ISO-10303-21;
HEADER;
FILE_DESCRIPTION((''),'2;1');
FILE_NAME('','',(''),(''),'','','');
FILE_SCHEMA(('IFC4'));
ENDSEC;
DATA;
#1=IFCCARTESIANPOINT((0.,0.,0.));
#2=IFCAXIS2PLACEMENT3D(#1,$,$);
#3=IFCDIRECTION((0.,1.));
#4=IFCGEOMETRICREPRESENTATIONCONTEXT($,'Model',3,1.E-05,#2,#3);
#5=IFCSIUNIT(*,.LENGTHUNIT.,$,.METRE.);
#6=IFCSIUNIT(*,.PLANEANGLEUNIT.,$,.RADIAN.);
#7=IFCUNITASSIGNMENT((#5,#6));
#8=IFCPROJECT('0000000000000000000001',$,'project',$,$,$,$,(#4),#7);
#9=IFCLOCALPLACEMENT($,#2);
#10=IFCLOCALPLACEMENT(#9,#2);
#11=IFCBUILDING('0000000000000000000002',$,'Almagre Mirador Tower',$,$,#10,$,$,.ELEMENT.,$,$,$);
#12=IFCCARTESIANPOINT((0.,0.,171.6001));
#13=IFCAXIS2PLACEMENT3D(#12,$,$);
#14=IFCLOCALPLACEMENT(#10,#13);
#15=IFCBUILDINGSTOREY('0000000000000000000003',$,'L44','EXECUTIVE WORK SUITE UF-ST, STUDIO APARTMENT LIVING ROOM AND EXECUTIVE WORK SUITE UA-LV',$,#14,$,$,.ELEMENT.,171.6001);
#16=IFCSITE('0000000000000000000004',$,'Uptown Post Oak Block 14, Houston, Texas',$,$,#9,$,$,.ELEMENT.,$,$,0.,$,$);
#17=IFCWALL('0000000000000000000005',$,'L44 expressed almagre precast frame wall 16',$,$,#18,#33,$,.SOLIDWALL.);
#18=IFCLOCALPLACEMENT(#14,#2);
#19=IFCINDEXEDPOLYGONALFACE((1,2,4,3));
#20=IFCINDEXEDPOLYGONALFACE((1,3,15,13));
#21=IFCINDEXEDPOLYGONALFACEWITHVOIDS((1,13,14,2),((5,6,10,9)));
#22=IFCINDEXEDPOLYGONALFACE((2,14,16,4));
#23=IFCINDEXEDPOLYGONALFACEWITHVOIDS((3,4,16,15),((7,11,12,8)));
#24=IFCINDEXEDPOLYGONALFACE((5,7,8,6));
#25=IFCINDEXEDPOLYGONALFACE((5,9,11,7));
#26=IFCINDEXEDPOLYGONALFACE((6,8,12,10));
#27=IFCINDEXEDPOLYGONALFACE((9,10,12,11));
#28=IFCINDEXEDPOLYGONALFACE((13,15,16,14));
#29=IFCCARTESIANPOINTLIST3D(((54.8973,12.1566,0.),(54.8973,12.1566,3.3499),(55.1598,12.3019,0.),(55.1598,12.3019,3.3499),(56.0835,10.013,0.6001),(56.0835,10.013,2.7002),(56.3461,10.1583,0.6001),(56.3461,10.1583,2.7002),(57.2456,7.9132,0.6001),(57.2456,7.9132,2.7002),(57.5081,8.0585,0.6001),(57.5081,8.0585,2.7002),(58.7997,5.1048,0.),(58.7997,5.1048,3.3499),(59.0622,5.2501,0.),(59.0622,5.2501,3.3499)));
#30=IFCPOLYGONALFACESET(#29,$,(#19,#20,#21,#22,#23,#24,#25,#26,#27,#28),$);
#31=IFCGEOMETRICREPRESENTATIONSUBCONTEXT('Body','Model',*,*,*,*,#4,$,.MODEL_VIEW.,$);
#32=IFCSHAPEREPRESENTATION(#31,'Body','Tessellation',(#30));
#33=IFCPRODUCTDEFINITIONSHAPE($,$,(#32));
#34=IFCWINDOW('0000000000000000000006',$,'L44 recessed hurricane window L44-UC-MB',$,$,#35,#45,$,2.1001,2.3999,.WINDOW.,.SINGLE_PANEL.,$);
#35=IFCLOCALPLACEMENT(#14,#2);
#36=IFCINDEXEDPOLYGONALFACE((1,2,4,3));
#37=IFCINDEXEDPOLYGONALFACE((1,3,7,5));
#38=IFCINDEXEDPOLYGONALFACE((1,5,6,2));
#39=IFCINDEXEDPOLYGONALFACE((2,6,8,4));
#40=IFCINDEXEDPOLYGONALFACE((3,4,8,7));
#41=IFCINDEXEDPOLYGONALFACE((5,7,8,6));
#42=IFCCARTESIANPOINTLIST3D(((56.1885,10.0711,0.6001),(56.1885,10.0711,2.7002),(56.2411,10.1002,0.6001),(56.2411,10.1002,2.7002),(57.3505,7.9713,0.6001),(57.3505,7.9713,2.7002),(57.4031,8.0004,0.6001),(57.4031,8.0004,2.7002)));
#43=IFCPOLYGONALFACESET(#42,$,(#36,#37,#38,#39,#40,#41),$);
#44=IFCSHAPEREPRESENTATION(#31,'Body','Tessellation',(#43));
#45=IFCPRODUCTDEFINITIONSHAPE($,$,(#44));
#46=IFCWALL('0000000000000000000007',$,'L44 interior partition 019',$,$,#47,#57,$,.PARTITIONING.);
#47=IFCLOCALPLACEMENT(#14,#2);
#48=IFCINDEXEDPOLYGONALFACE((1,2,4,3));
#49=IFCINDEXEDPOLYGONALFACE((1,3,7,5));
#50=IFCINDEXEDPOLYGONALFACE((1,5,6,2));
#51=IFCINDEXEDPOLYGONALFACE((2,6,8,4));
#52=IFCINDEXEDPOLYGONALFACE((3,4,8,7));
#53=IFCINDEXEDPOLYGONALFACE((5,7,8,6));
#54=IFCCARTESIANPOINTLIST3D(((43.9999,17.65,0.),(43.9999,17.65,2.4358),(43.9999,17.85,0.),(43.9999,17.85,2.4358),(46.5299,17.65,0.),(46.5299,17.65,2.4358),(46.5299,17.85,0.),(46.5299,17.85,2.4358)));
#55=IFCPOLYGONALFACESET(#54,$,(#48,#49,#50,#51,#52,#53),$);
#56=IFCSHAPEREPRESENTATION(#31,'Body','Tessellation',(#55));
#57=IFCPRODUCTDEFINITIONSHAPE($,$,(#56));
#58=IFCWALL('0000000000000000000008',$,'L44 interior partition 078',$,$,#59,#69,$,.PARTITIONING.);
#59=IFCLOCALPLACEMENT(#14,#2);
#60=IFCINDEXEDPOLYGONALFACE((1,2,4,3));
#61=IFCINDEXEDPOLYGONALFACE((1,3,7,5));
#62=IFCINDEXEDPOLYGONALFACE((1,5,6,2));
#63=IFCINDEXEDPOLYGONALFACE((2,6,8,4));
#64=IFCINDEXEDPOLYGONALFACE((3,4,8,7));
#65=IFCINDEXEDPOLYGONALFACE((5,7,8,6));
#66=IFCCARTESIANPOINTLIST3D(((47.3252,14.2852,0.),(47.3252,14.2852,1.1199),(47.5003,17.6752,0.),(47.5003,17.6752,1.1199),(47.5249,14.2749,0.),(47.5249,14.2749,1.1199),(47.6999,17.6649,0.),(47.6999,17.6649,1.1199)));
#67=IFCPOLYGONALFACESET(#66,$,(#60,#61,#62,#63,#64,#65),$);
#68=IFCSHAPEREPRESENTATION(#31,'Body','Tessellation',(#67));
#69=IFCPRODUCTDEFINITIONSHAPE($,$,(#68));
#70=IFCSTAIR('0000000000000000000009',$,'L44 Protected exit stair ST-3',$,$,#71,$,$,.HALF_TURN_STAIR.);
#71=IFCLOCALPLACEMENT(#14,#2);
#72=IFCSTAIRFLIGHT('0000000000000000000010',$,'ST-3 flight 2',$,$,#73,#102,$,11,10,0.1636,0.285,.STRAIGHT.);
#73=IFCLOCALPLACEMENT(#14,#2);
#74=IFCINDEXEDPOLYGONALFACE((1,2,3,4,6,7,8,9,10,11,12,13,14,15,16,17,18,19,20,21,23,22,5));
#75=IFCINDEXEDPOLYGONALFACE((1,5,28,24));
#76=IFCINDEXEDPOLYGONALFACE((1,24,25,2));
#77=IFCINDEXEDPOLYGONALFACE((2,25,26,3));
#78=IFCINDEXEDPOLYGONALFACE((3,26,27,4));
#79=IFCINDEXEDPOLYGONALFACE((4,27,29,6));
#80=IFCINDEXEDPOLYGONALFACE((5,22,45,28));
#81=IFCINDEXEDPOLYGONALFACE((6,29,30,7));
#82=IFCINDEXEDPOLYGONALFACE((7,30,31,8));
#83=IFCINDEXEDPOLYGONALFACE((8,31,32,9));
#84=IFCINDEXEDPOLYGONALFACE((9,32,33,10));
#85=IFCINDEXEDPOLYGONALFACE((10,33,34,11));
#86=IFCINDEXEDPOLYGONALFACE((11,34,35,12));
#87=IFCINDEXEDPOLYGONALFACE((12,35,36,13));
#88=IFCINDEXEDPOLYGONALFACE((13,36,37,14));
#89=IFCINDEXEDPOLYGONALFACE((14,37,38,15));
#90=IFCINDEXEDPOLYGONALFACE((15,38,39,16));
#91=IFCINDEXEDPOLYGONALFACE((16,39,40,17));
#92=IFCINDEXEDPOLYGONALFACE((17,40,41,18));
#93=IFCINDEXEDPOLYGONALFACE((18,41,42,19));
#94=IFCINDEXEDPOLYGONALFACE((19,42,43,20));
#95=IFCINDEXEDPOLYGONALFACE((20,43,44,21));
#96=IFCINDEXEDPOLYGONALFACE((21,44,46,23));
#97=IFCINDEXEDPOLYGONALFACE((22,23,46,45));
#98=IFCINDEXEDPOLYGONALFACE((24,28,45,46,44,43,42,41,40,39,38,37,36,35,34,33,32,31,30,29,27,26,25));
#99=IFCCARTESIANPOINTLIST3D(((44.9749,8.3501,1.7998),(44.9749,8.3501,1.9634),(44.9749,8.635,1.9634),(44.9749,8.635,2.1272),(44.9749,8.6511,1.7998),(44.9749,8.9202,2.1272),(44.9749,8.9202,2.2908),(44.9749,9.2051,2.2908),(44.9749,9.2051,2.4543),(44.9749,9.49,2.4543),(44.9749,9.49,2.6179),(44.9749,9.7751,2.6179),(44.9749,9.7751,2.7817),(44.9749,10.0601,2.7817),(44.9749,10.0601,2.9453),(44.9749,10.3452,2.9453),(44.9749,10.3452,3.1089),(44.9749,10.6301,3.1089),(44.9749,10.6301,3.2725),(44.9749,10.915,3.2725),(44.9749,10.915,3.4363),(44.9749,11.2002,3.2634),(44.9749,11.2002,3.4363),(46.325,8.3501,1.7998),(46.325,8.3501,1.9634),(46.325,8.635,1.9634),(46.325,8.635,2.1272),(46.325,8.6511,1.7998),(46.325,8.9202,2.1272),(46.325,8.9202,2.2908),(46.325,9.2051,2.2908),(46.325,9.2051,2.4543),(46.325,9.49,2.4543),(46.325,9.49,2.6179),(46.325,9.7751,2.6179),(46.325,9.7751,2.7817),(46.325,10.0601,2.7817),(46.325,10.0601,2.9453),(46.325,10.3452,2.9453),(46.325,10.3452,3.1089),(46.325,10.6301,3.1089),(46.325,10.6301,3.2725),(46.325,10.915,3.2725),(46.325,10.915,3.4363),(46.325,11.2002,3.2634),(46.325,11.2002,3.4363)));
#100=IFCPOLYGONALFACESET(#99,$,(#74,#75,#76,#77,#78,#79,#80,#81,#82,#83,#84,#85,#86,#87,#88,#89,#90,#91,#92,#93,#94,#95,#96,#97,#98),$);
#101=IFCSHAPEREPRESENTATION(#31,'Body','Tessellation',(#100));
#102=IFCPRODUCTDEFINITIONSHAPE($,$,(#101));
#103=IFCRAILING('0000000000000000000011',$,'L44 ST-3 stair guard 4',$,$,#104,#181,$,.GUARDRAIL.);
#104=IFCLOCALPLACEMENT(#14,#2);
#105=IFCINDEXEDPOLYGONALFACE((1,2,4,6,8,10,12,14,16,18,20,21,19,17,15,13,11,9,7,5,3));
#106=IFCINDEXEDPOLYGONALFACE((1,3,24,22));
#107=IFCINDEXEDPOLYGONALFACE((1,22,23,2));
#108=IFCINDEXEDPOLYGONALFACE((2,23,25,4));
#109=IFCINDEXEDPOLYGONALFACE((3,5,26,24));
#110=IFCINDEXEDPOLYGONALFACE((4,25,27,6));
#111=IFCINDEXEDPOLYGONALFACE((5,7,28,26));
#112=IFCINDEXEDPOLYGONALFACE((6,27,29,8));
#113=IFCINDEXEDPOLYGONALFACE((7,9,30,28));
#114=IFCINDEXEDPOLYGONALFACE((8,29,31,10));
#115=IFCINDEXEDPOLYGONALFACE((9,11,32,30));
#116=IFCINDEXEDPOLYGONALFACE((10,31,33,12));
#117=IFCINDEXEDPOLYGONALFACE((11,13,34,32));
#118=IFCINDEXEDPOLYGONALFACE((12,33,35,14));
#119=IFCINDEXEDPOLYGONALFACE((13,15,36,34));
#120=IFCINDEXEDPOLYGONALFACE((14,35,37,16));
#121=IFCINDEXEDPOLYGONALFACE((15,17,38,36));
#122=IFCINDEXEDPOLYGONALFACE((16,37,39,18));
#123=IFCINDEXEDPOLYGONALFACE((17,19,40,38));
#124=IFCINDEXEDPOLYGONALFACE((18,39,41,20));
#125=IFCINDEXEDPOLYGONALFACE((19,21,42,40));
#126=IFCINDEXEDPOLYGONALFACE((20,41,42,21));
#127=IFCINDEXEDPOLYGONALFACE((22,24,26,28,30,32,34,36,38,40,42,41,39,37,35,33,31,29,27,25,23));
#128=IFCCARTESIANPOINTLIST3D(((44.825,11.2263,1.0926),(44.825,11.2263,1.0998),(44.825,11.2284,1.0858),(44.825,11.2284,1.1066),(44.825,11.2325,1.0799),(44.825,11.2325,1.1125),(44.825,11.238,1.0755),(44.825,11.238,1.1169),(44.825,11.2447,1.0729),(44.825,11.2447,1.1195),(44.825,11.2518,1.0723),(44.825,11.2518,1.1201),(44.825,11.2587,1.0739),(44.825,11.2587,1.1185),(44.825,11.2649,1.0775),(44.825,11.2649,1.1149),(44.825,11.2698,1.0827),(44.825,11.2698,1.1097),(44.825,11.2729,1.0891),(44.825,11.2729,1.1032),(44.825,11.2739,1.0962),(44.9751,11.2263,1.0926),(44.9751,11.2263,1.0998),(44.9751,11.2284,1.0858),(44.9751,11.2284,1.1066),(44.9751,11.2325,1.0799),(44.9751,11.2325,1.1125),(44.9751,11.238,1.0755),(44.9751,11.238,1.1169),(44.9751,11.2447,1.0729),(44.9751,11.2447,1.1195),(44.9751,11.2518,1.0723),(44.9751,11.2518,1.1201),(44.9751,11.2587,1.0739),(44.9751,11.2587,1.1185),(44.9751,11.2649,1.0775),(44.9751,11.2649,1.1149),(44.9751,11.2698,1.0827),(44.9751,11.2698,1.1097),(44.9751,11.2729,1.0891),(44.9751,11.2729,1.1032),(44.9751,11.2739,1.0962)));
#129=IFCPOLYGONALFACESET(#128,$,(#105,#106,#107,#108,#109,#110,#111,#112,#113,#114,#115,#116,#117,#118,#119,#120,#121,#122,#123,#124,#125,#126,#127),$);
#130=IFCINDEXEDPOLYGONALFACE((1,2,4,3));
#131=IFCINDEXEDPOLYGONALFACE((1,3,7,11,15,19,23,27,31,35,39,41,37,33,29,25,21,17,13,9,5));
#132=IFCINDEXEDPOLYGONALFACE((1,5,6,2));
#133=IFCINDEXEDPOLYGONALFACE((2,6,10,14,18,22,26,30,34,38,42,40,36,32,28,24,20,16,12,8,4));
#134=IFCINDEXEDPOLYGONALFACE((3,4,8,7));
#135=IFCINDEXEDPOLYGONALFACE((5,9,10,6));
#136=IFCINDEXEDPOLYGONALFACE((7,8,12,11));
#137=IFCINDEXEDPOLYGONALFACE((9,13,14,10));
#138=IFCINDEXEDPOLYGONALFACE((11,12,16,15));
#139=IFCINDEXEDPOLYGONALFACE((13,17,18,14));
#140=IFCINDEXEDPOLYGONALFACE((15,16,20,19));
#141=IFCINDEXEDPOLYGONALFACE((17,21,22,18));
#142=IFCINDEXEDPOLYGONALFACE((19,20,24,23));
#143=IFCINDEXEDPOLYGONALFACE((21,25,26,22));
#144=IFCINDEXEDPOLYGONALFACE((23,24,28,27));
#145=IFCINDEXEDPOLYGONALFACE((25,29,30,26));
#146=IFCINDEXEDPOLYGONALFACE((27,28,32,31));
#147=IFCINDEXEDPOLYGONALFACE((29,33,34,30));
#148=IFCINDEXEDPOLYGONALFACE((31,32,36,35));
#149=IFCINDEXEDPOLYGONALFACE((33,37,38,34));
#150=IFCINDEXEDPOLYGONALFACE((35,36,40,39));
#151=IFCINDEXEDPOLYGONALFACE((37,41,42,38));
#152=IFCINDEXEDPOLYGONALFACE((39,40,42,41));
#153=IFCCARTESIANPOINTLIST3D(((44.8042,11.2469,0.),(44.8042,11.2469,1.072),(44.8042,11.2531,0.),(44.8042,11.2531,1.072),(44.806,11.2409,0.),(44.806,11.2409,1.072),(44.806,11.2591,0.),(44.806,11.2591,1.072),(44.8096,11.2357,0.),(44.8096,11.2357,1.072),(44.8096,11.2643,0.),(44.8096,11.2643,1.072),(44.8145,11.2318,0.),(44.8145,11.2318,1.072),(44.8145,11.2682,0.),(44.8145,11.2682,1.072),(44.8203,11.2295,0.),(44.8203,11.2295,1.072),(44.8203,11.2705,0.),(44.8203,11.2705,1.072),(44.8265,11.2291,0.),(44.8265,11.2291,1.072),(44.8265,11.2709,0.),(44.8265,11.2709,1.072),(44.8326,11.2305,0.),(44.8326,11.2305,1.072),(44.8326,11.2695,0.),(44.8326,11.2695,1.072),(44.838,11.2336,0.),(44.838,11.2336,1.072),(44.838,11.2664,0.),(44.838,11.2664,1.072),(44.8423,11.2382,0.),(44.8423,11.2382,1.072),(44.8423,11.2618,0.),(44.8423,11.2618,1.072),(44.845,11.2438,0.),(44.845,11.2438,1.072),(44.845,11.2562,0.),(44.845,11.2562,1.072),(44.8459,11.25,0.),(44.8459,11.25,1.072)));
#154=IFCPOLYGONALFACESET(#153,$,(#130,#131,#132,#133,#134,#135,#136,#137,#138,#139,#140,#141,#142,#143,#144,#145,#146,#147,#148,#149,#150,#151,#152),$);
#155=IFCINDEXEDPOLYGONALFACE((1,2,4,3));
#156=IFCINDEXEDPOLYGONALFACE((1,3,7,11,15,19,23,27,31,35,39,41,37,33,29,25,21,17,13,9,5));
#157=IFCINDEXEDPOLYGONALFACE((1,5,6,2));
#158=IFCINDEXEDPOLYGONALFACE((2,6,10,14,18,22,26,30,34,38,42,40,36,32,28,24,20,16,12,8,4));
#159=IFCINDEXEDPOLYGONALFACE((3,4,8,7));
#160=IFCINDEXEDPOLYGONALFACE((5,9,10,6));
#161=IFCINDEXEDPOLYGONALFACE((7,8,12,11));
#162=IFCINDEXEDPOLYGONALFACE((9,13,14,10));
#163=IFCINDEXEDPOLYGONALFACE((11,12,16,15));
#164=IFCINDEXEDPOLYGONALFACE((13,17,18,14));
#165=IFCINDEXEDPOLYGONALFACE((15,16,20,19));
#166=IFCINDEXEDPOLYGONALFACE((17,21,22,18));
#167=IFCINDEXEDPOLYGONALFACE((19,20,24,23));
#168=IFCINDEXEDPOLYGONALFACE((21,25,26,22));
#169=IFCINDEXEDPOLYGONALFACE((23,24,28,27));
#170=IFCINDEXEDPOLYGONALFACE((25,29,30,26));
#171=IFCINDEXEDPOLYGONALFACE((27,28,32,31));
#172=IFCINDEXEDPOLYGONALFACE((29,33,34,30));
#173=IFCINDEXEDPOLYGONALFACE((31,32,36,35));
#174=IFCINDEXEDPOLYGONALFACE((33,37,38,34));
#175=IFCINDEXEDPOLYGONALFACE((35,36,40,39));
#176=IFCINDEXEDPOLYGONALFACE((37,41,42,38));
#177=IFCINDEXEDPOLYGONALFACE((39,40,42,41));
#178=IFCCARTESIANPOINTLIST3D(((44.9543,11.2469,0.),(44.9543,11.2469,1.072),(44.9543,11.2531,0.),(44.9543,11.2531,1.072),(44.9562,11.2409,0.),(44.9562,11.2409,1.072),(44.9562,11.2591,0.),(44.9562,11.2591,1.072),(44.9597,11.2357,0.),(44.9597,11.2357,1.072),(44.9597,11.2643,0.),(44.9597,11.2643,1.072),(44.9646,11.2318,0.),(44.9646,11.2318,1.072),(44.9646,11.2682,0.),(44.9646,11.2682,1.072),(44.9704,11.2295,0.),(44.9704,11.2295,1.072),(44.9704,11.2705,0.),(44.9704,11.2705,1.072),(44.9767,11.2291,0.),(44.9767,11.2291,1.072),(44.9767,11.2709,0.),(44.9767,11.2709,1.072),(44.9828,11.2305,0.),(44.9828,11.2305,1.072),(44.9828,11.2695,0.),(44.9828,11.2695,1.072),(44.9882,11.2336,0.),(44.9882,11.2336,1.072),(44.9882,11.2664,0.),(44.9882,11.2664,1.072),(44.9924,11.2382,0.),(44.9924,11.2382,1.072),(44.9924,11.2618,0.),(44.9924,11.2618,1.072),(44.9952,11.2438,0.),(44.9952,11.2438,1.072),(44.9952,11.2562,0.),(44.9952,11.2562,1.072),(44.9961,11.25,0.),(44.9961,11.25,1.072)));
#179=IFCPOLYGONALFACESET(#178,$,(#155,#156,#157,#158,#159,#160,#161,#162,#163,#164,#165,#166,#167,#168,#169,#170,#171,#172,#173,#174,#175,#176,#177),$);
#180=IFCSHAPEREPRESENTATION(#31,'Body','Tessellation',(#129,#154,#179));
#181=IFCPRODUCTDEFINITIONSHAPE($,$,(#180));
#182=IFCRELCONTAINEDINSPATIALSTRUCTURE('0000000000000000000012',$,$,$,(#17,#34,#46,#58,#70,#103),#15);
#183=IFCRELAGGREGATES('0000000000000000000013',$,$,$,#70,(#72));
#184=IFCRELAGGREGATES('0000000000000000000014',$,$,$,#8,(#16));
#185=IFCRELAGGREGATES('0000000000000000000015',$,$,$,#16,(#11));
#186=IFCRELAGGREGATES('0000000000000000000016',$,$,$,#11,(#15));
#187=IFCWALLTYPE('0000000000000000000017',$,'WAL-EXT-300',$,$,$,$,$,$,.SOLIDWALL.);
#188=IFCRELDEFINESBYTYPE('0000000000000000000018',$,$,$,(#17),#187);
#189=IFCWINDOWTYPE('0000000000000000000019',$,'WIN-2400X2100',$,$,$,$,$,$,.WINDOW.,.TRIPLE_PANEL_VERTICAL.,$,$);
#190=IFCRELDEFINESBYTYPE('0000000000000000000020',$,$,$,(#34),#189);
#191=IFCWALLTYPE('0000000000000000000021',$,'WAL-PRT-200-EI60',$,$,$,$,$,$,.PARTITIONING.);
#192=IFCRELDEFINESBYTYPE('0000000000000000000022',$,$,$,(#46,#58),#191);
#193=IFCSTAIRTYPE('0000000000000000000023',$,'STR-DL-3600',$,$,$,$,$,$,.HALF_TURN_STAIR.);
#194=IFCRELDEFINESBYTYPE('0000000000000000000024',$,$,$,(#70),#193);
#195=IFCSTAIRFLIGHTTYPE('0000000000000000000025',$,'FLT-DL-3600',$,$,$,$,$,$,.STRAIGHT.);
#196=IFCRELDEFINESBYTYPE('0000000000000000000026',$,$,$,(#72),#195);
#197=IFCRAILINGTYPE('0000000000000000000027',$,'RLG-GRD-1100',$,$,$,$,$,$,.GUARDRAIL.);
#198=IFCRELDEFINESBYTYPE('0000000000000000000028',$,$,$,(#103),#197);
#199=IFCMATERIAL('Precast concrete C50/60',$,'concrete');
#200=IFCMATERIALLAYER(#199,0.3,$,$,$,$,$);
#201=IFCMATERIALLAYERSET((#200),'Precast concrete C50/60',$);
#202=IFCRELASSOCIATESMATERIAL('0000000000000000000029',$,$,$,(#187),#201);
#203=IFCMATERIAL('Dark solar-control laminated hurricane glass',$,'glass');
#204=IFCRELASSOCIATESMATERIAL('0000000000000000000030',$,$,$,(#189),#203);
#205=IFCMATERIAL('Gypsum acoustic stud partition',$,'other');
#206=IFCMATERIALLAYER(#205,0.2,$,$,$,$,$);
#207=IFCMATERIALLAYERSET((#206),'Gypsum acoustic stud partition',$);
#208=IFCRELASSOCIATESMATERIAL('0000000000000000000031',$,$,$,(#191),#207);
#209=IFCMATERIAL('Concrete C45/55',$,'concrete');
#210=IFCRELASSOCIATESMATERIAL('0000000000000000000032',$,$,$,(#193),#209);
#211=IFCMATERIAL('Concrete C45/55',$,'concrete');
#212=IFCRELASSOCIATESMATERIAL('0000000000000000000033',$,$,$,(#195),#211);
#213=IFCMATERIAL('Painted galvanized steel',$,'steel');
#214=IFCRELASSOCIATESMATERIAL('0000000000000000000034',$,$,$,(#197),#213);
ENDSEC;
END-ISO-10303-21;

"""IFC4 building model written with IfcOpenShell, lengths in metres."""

from ifc_helpers import new_model, si_unit, direction, frame, frame_2d, origin, origin_2d, place, context, subcontext, project, spatial, polyline, rectangle, circle, outline, extrude, material, layer, layer_set, type_object, element, fill, aggregate, save


model = new_model("IFC4")

# Units and contexts
model_context = context("Model", 3, precision=1e-05, world=origin(), true_north=direction((0.0, 1.0)))
body_context = subcontext(model_context, "Body", "Model", "MODEL_VIEW")
ifc_project = project(units=[si_unit("LENGTHUNIT", "METRE"), si_unit("PLANEANGLEUNIT", "RADIAN")], contexts=[model_context])

# Site, building, storey
site_placement = place(None, origin())
site = spatial("IfcSite", under=ifc_project, at=site_placement, Name="Uptown Post Oak Block 14, Houston, Texas", CompositionType="ELEMENT", RefElevation=0.0)
building_placement = place(site_placement, origin())
building = spatial("IfcBuilding", under=site, at=building_placement, Name="Almagre Mirador Tower", CompositionType="ELEMENT")
storey_placement = place(building_placement, frame((0.0, 0.0, 171.6001)))
storey = spatial("IfcBuildingStorey", under=building, at=storey_placement, Name="L44", Description="EXECUTIVE WORK SUITE UF-ST, STUDIO APARTMENT LIVING ROOM AND EXECUTIVE WORK SUITE UA-LV", CompositionType="ELEMENT", Elevation=171.6001)

# Wall, opening, window
ifc_material_1 = material(Name="Precast concrete C50/60", Category="concrete")
ifc_layer_1 = layer(ifc_material_1, 0.3)
ifc_layer_set_1 = layer_set([ifc_layer_1], Name="Precast concrete C50/60")
wall_type_1 = type_object("IfcWallType", Name="WAL-EXT-300", PredefinedType="SOLIDWALL", material=ifc_layer_set_1)
wall_1_placement = place(storey_placement, frame((55.0286, 12.2292, 0.0), z_axis=(0.0, 0.0, 1.0), x_axis=(0.484192, -0.874962, 0.0)))
wall_1 = element("IfcWall", 1, at=wall_1_placement, inside=storey, type_object=wall_type_1, Name="L44 expressed almagre precast frame wall 16", PredefinedType="SOLIDWALL", context=body_context, shape_type="SweptSolid", body=[
    extrude(rectangle(XDim=8.0596, YDim=0.3, at=frame_2d((4.0298, 0.0))), origin(), (0.0, 0.0, 1.0), 3.3499),
])
opening_placement = place(wall_1_placement, frame((2.45, 0.0, 0.6001)))
opening = element("IfcOpeningElement", 2, at=opening_placement, cuts=wall_1, PredefinedType="OPENING", context=body_context, shape_type="SweptSolid", body=[
    extrude(rectangle(XDim=2.3999, YDim=2.1001, at=frame_2d((1.2, 1.05))), frame((0.0, 0.1599, 0.0), z_axis=(0.0, -1.0, 0.0), x_axis=(1.0, 0.0, 0.0)), (0.0, 0.0, 1.0), 0.32),
])
ifc_material_2 = material(Name="Dark solar-control laminated hurricane glass", Category="glass")
window_type = type_object("IfcWindowType", Name="WIN-2400X2100", PartitioningType="TRIPLE_PANEL_VERTICAL", PredefinedType="WINDOW", material=ifc_material_2)
window_placement = place(opening_placement, origin())
window = element("IfcWindow", 3, at=window_placement, inside=storey, type_object=window_type, Name="L44 recessed hurricane window L44-UC-MB", OverallHeight=2.1001, OverallWidth=2.3999, PartitioningType="SINGLE_PANEL", PredefinedType="WINDOW", context=body_context, shape_type="SweptSolid", body=[
    extrude(rectangle(XDim=2.3999, YDim=2.1001, at=frame_2d((1.2, 1.05))), frame((0.0, 0.03, 0.0), z_axis=(0.0, -1.0, 0.0), x_axis=(1.0, 0.0, 0.0)), (0.0, 0.0, 1.0), 0.0601),
])
fill(opening, window)

# Walls
ifc_material_3 = material(Name="Gypsum acoustic stud partition", Category="other")
ifc_layer_2 = layer(ifc_material_3, 0.2)
ifc_layer_set_2 = layer_set([ifc_layer_2], Name="Gypsum acoustic stud partition")
wall_type_2 = type_object("IfcWallType", Name="WAL-PRT-200-EI60", PredefinedType="PARTITIONING", material=ifc_layer_set_2)
wall_2_placement = place(storey_placement, frame((46.53, 17.75, 0.0), z_axis=(0.0, 0.0, 1.0), x_axis=(-1.0, 0.0, 0.0)))
element("IfcWall", 4, at=wall_2_placement, inside=storey, type_object=wall_type_2, Name="L44 interior partition 019", PredefinedType="PARTITIONING", context=body_context, shape_type="SweptSolid", body=[
    extrude(rectangle(XDim=2.53, YDim=0.2, at=frame_2d((1.2651, 0.0))), origin(), (0.0, 0.0, 1.0), 2.4358),
])
wall_3_placement = place(storey_placement, frame((47.425, 14.28, 0.0), z_axis=(0.0, 0.0, 1.0), x_axis=(0.05157, 0.998669, 0.0)))
element("IfcWall", 5, at=wall_3_placement, inside=storey, type_object=wall_type_2, Name="L44 interior partition 078", PredefinedType="PARTITIONING", context=body_context, shape_type="SweptSolid", body=[
    extrude(rectangle(XDim=3.3945, YDim=0.2, at=frame_2d((1.6973, 0.0))), origin(), (0.0, 0.0, 1.0), 1.1199),
])

# Stair, stair flight
ifc_material_4 = material(Name="Concrete C45/55", Category="concrete")
stair_type = type_object("IfcStairType", Name="STR-DL-3600", PredefinedType="HALF_TURN_STAIR", material=ifc_material_4)
stair_placement = place(storey_placement, origin())
stair = element("IfcStair", 6, at=stair_placement, inside=storey, type_object=stair_type, Name="L44 Protected exit stair ST-3", PredefinedType="HALF_TURN_STAIR")
ifc_material_5 = material(Name="Concrete C45/55", Category="concrete")
stair_flight_type = type_object("IfcStairFlightType", Name="FLT-DL-3600", PredefinedType="STRAIGHT", material=ifc_material_5)
stair_flight_placement = place(storey_placement, frame((45.6499, 8.3501, 1.7998), z_axis=(0.0, 0.0, 1.0), x_axis=(0.0, 1.0, 0.0)))
stair_flight = element("IfcStairFlight", 7, at=stair_flight_placement, type_object=stair_flight_type, Name="ST-3 flight 2", NumberOfRisers=11, NumberOfTreads=10, PredefinedType="STRAIGHT", RiserHeight=0.1636, TreadLength=0.285, context=body_context, shape_type="SweptSolid", body=[
    extrude(outline(polyline([(0.0, 0.0), (0.0, 0.1636), (0.2849, 0.1636), (0.2849, 0.3274), (0.5701, 0.3274), (0.5701, 0.491), (0.855, 0.491), (0.855, 0.6545), (1.1399, 0.6545), (1.1399, 0.8181), (1.425, 0.8181), (1.425, 0.9819), (1.71, 0.9819), (1.71, 1.1455), (1.9951, 1.1455), (1.9951, 1.3091), (2.28, 1.3091), (2.28, 1.4727), (2.5649, 1.4727), (2.5649, 1.6365), (2.8501, 1.6365), (2.8501, 1.8), (2.8501, 1.4636), (0.301, 0.0), (0.0, 0.0)])), frame((0.0, 0.675, 0.0), z_axis=(0.0, -1.0, 0.0), x_axis=(1.0, 0.0, 0.0)), (0.0, 0.0, 1.0), 1.3501),
])
aggregate(stair, [stair_flight])

# Railing
ifc_material_6 = material(Name="Painted galvanized steel", Category="steel")
railing_type_1 = type_object("IfcRailingType", Name="RLG-GRD-1100", PredefinedType="GUARDRAIL", material=ifc_material_6)
railing_1_placement = place(storey_placement, frame((44.825, 11.25, 0.0)))
element("IfcRailing", 8, at=railing_1_placement, inside=storey, type_object=railing_type_1, Name="L44 ST-3 stair guard 4", PredefinedType="GUARDRAIL", context=body_context, shape_type="SweptSolid", body=[
    extrude(circle(Radius=0.0239, at=origin_2d()), frame((0.0, 0.0, 1.0962), z_axis=(1.0, 0.0, 0.0), x_axis=(0.0, 1.0, 0.0)), (0.0, 0.0, 1.0), 0.1501),
    extrude(circle(Radius=0.021, at=origin_2d()), origin(), (0.0, 0.0, 1.0), 1.072),
    extrude(circle(Radius=0.021, at=origin_2d()), frame((0.1501, 0.0, 0.0)), (0.0, 0.0, 1.0), 1.072),
])

save(model, "model.ifc")
